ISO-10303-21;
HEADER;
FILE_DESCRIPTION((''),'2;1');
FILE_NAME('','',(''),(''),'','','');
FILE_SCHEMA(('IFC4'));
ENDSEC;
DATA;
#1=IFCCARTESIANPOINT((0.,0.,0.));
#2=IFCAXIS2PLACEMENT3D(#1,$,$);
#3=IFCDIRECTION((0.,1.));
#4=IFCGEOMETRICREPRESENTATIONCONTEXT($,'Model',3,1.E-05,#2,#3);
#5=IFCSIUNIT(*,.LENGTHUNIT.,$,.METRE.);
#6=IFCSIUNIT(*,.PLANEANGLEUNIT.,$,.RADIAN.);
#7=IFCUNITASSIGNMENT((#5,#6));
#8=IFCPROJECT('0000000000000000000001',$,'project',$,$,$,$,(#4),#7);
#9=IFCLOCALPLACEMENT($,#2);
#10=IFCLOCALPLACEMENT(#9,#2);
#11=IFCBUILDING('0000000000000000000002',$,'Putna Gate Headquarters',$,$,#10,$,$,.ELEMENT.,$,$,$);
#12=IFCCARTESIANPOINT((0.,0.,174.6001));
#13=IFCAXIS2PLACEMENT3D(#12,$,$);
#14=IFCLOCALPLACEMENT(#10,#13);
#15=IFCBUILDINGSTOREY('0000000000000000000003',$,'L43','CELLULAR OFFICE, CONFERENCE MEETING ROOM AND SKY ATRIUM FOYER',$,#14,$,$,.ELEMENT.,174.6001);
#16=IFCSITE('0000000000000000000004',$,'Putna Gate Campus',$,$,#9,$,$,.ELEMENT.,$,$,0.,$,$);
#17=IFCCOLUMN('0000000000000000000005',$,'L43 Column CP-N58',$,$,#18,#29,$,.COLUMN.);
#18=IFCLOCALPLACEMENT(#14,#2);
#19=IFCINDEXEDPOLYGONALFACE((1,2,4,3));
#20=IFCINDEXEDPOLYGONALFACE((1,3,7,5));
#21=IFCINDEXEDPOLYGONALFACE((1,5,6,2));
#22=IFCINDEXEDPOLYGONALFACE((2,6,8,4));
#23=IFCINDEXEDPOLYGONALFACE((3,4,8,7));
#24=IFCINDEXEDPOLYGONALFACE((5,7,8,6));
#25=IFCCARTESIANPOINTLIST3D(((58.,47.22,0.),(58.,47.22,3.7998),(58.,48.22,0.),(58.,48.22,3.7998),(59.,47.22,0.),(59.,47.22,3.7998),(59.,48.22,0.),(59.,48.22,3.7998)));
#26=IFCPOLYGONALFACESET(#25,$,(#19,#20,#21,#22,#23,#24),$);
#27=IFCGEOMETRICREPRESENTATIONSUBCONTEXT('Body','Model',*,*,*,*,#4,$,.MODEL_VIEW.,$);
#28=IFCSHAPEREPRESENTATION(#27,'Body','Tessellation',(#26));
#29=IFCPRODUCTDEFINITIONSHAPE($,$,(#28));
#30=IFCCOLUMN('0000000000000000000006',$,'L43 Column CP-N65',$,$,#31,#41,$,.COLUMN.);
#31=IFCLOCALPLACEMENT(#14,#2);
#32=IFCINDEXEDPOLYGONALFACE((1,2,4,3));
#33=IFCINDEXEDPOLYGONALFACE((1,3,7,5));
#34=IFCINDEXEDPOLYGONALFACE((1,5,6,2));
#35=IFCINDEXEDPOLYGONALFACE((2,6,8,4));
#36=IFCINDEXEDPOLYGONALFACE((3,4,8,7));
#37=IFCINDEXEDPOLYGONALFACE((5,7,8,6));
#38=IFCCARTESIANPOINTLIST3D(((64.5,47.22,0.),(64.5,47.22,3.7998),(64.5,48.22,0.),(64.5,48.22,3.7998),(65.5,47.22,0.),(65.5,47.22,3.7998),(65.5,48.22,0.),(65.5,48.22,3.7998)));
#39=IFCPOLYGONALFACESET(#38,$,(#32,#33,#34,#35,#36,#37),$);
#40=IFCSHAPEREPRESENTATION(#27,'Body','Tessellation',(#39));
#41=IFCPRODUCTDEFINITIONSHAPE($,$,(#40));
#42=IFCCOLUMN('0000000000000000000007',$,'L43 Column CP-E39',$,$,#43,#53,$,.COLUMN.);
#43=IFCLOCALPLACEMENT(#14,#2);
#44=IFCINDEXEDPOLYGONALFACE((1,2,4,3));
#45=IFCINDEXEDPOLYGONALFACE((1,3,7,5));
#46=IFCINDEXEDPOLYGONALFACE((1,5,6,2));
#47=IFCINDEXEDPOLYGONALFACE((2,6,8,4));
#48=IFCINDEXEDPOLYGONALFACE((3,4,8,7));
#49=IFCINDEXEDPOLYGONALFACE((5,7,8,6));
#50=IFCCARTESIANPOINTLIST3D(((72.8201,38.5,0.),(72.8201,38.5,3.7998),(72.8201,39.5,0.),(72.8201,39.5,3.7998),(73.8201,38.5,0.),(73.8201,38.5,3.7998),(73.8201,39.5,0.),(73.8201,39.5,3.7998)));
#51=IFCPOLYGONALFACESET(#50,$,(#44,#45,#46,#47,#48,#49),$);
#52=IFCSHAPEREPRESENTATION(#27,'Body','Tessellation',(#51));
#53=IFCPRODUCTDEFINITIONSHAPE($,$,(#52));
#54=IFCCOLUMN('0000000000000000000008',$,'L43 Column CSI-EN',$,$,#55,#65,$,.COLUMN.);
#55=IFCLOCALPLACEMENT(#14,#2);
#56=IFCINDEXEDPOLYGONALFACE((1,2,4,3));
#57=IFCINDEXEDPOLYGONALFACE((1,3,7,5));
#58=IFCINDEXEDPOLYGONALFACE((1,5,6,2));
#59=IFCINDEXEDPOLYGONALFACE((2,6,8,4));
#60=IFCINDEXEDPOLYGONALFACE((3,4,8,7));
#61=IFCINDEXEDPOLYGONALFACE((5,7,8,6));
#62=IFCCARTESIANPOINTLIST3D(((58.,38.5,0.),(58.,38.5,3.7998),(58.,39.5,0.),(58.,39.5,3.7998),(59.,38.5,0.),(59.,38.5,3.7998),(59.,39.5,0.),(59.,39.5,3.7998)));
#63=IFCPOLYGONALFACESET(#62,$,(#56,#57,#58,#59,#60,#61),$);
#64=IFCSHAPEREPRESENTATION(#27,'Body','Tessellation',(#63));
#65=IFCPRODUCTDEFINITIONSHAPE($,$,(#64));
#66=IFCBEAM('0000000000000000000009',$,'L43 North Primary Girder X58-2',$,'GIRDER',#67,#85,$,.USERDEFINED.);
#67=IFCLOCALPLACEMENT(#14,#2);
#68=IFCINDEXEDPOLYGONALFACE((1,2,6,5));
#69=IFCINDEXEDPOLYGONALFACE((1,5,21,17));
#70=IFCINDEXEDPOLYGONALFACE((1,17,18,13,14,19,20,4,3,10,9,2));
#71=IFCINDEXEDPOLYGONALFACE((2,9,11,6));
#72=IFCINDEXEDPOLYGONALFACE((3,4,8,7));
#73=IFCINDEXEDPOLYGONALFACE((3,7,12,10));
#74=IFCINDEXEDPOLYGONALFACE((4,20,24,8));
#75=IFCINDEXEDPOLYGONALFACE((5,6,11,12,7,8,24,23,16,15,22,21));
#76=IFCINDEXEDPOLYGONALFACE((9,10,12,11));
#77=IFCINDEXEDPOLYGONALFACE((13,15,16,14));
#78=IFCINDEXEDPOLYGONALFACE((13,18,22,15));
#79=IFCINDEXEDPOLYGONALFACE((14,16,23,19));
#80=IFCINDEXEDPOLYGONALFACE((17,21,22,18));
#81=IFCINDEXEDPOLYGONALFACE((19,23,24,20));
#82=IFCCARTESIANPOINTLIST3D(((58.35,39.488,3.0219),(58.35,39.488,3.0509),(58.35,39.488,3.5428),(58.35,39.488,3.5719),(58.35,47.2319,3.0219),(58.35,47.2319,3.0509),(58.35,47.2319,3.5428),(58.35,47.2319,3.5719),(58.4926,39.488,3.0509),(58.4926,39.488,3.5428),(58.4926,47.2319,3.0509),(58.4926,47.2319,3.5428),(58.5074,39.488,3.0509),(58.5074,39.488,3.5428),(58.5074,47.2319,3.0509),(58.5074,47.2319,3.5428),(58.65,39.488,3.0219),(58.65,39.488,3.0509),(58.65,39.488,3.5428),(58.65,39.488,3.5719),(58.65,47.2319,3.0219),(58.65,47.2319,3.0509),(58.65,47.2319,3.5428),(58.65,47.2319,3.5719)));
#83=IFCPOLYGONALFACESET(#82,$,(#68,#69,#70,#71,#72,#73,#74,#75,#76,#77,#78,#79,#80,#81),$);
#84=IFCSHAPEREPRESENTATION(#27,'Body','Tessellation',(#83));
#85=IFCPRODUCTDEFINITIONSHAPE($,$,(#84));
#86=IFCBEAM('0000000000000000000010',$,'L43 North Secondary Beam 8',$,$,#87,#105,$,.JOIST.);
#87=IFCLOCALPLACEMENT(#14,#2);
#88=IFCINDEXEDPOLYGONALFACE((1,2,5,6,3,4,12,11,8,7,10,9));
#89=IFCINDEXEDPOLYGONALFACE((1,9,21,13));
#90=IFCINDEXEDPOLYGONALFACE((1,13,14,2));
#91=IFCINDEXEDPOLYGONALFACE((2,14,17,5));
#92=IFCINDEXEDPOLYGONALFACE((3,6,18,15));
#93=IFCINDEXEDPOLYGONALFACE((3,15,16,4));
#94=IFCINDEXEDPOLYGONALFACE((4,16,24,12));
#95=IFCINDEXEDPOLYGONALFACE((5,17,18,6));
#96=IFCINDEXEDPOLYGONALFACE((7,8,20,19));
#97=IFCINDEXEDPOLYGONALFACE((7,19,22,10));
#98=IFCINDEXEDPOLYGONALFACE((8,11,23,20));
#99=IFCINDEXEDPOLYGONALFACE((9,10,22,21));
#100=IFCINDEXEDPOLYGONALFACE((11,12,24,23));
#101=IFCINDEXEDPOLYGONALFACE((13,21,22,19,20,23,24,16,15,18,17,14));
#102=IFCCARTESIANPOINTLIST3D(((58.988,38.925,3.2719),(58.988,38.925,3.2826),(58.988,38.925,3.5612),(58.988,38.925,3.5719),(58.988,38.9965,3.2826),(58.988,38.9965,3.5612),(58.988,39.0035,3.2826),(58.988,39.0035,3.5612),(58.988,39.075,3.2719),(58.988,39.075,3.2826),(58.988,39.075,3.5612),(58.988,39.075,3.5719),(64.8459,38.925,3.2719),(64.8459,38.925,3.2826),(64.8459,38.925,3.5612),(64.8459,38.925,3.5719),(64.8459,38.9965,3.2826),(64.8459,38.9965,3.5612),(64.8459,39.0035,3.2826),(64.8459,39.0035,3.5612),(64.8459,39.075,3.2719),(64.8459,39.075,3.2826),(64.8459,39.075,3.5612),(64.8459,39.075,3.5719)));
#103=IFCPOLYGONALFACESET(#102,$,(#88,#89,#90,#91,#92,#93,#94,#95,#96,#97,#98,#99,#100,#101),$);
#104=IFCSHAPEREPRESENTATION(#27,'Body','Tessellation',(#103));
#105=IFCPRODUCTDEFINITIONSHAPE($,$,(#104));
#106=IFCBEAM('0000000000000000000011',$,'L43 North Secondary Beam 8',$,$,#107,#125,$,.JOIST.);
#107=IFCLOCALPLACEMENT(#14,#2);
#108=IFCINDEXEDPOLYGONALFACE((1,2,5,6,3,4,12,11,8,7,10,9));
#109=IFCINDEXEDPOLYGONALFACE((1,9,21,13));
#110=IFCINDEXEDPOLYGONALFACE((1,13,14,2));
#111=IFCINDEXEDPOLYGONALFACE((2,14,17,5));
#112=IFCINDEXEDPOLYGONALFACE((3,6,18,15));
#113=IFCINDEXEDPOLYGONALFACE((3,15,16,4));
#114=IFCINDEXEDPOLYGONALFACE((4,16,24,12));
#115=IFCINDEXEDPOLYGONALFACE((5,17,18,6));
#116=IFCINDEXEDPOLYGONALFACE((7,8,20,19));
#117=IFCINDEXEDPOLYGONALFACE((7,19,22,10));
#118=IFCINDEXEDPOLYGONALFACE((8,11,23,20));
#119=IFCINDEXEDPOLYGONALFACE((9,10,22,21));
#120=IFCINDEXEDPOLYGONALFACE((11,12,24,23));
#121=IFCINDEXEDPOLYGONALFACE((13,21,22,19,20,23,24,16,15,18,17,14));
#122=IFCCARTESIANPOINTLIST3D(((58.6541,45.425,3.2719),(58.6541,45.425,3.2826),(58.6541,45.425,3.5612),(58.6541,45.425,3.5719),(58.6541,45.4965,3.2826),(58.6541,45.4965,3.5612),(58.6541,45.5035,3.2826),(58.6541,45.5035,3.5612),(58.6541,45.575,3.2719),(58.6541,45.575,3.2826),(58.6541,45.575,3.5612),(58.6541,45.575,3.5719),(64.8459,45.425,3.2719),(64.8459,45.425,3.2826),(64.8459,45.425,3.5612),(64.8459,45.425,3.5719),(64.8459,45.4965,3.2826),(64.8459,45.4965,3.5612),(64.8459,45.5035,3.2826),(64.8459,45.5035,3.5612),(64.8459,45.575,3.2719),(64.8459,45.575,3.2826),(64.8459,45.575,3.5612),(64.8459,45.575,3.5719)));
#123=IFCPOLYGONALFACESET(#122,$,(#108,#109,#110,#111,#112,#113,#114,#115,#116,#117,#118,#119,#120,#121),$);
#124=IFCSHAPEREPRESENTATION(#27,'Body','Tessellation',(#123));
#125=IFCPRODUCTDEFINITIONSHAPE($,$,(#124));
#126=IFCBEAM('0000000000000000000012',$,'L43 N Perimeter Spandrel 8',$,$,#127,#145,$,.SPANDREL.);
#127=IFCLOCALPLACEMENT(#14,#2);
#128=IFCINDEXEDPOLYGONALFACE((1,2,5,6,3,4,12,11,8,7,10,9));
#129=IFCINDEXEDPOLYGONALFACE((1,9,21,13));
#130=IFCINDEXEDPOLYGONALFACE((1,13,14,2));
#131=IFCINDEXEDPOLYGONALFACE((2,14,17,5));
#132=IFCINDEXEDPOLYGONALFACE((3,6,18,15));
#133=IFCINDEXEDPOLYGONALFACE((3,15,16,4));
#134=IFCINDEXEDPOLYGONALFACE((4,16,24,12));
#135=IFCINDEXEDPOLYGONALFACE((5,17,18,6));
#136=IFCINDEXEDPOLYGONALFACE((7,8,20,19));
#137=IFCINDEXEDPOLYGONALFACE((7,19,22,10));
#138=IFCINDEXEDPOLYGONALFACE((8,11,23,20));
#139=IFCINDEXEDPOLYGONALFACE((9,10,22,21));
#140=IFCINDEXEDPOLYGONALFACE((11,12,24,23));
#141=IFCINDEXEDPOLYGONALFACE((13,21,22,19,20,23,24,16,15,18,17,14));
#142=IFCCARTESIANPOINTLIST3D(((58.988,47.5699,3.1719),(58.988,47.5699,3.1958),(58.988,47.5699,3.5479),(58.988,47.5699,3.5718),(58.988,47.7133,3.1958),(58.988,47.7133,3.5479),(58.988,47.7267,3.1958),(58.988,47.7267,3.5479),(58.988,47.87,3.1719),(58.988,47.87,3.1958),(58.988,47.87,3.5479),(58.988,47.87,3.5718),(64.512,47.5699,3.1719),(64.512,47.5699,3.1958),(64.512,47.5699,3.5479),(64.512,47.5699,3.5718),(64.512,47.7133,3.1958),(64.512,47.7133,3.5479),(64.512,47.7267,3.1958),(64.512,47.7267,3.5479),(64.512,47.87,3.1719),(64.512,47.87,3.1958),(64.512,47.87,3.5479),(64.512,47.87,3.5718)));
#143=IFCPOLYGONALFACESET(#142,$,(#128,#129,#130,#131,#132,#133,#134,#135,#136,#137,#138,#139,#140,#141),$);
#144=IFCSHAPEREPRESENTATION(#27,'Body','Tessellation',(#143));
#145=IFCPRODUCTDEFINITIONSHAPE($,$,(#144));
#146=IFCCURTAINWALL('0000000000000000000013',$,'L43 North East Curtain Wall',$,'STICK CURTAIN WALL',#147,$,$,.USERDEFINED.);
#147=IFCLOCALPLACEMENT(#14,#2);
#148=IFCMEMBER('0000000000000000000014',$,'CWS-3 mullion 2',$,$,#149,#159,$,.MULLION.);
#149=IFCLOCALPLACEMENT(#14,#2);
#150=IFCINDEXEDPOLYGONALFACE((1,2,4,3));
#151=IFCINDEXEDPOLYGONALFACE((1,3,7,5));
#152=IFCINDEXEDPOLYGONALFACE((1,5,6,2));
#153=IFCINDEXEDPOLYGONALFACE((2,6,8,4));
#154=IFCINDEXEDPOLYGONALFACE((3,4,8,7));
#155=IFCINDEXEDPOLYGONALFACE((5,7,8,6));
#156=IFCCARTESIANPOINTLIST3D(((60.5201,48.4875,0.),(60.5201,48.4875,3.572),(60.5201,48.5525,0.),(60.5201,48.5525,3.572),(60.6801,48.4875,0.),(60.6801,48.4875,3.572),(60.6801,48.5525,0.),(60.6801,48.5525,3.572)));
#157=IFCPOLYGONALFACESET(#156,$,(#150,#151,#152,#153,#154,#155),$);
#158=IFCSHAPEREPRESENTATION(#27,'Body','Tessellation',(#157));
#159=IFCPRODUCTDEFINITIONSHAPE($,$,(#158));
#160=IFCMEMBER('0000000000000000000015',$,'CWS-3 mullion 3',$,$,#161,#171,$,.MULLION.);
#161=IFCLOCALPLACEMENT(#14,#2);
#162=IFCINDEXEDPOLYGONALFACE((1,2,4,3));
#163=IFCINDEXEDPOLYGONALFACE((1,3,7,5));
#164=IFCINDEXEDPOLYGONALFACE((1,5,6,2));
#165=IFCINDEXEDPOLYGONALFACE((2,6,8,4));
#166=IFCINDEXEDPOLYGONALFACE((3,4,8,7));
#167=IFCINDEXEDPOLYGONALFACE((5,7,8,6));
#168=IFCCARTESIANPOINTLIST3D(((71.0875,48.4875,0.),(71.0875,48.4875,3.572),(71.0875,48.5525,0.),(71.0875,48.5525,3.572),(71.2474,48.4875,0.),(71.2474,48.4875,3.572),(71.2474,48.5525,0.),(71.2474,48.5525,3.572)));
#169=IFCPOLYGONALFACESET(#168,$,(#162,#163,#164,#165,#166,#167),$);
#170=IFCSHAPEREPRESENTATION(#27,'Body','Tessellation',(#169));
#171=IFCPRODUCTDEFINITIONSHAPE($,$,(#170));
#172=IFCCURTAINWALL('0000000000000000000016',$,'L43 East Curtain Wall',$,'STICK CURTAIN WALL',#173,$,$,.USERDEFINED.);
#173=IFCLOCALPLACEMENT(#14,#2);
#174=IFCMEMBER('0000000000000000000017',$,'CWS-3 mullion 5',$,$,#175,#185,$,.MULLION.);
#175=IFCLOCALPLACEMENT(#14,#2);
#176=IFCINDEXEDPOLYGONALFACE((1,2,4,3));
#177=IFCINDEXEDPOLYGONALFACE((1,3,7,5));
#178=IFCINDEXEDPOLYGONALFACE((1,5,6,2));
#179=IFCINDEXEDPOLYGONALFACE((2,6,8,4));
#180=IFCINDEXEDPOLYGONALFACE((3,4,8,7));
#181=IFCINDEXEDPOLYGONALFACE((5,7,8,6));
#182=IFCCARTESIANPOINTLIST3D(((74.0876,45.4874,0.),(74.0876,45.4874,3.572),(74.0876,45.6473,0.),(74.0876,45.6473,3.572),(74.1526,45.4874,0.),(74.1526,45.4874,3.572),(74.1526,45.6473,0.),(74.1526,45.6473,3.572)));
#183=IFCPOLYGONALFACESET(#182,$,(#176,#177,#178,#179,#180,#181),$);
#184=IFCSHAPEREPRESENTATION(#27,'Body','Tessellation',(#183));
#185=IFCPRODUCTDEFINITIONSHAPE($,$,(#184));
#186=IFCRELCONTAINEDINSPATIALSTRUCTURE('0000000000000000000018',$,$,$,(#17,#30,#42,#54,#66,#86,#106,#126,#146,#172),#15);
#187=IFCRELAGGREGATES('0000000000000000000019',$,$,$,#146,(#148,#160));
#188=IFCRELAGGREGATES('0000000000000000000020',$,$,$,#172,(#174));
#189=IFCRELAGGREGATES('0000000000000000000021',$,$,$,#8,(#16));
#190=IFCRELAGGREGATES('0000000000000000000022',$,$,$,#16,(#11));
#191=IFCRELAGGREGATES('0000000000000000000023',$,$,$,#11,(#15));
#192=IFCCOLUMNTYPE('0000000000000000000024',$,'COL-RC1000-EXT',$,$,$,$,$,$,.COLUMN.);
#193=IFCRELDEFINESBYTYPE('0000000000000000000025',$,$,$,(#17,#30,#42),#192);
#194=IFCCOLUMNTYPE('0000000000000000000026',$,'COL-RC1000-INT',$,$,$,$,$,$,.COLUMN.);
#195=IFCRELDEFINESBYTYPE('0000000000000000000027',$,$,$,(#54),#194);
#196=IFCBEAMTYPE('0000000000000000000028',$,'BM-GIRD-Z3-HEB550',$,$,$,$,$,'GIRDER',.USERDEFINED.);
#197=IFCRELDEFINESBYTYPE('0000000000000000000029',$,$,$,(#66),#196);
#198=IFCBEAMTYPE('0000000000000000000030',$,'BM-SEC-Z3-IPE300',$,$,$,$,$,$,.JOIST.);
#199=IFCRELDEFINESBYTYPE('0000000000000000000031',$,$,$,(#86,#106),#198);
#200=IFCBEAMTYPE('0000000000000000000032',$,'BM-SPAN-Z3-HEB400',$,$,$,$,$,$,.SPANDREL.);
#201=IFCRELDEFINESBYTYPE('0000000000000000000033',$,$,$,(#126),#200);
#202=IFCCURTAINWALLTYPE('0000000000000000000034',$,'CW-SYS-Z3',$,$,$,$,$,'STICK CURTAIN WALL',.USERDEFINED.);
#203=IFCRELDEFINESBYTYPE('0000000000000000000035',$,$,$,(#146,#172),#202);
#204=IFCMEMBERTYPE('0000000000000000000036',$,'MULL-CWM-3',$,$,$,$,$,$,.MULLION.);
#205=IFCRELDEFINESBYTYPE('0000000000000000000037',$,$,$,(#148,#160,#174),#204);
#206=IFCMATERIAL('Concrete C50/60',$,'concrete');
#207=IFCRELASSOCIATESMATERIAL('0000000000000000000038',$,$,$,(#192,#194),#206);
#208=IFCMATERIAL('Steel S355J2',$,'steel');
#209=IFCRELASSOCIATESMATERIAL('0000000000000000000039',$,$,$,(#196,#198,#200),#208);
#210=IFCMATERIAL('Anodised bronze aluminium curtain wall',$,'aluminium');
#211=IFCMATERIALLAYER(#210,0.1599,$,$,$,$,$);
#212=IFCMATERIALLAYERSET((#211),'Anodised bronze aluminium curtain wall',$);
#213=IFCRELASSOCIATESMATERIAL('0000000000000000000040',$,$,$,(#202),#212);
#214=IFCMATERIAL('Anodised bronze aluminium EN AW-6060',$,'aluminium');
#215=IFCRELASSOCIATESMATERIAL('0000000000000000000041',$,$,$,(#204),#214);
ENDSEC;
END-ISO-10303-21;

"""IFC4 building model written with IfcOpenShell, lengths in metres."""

from ifc_helpers import new_model, si_unit, direction, frame, origin, origin_2d, place, context, subcontext, project, spatial, rectangle, i_section, extrude, material, layer, layer_set, material_profile, profile_set, type_object, element, aggregate, save


model = new_model("IFC4")

# Units and contexts
model_context = context("Model", 3, precision=1e-05, world=origin(), true_north=direction((0.0, 1.0)))
body_context = subcontext(model_context, "Body", "Model", "MODEL_VIEW")
ifc_project = project(units=[si_unit("LENGTHUNIT", "METRE"), si_unit("PLANEANGLEUNIT", "RADIAN")], contexts=[model_context])

# Site, building, storey
site_placement = place(None, origin())
site = spatial("IfcSite", under=ifc_project, at=site_placement, Name="Putna Gate Campus", CompositionType="ELEMENT", RefElevation=0.0)
building_placement = place(site_placement, origin())
building = spatial("IfcBuilding", under=site, at=building_placement, Name="Putna Gate Headquarters", CompositionType="ELEMENT")
storey_placement = place(building_placement, frame((0.0, 0.0, 174.6001)))
storey = spatial("IfcBuildingStorey", under=building, at=storey_placement, Name="L43", Description="CELLULAR OFFICE, CONFERENCE MEETING ROOM AND SKY ATRIUM FOYER", CompositionType="ELEMENT", Elevation=174.6001)

# Columns
ifc_material_1 = material(Name="Concrete C50/60", Category="concrete")
ifc_material_profile_1 = material_profile(ifc_material_1, rectangle(XDim=1.0, YDim=1.0, at=origin_2d()), Name="Concrete C50/60")
ifc_profile_set_1 = profile_set([ifc_material_profile_1], Name="Concrete C50/60")
column_type_1 = type_object("IfcColumnType", Name="COL-RC1000-EXT", PredefinedType="COLUMN", material=ifc_profile_set_1)
for number, where, z_axis, x_axis, name in (
    (1, (58.5, 47.72, 0.0), (0.0, 0.0, 1.0), (1.0, 0.0, 0.0), "L43 Column CP-N58"),
    (2, (65.0, 47.72, 0.0), (0.0, 0.0, 1.0), (1.0, 0.0, 0.0), "L43 Column CP-N65"),
    (3, (73.3201, 39.0, 0.0), (0.0, 0.0, 1.0), (1.0, 0.0, 0.0), "L43 Column CP-E39"),
):
    element("IfcColumn", number, at=place(storey_placement, frame(where, z_axis=z_axis, x_axis=x_axis)), inside=storey, type_object=column_type_1, Name=name, PredefinedType="COLUMN", context=body_context, shape_type="SweptSolid", body=[
        extrude(rectangle(XDim=1.0, YDim=1.0, at=origin_2d()), origin(), (0.0, 0.0, 1.0), 3.7998),
    ])
ifc_material_profile_2 = material_profile(ifc_material_1, rectangle(XDim=1.0, YDim=1.0, at=origin_2d()), Name="Concrete C50/60")
ifc_profile_set_2 = profile_set([ifc_material_profile_2], Name="Concrete C50/60")
column_type_2 = type_object("IfcColumnType", Name="COL-RC1000-INT", PredefinedType="COLUMN", material=ifc_profile_set_2)
column_placement = place(storey_placement, frame((58.5, 39.0, 0.0), z_axis=(0.0, 0.0, 1.0), x_axis=(1.0, 0.0, 0.0)))
element("IfcColumn", 4, at=column_placement, inside=storey, type_object=column_type_2, Name="L43 Column CSI-EN", PredefinedType="COLUMN", context=body_context, shape_type="SweptSolid", body=[
    extrude(rectangle(XDim=1.0, YDim=1.0, at=origin_2d()), origin(), (0.0, 0.0, 1.0), 3.7998),
])

# Beams
ifc_material_2 = material(Name="Steel S355J2", Category="steel")
ifc_material_profile_3 = material_profile(ifc_material_2, i_section(OverallWidth=0.3, OverallDepth=0.55, WebThickness=0.0149, FlangeThickness=0.0291, at=origin_2d()), Name="Steel S355J2")
ifc_profile_set_3 = profile_set([ifc_material_profile_3], Name="Steel S355J2")
beam_type_1 = type_object("IfcBeamType", Name="BM-GIRD-Z3-HEB550", ElementType="GIRDER", PredefinedType="USERDEFINED", material=ifc_profile_set_3)
beam_1_placement = place(storey_placement, frame((58.5, 39.488, 3.2969), z_axis=(0.0, 1.0, 0.0), x_axis=(-1.0, 0.0, 0.0)))
element("IfcBeam", 5, at=beam_1_placement, inside=storey, type_object=beam_type_1, Name="L43 North Primary Girder X58-2", ObjectType="GIRDER", PredefinedType="USERDEFINED", context=body_context, shape_type="SweptSolid", body=[
    extrude(i_section(OverallWidth=0.3, OverallDepth=0.55, WebThickness=0.0149, FlangeThickness=0.0291, at=origin_2d()), origin(), (0.0, 0.0, 1.0), 7.7439),
])
ifc_material_profile_4 = material_profile(ifc_material_2, i_section(OverallWidth=0.1499, OverallDepth=0.3, WebThickness=0.0071, FlangeThickness=0.0107, at=origin_2d()), Name="Steel S355J2")
ifc_profile_set_4 = profile_set([ifc_material_profile_4], Name="Steel S355J2")
beam_type_2 = type_object("IfcBeamType", Name="BM-SEC-Z3-IPE300", PredefinedType="JOIST", material=ifc_profile_set_4)
beam_2_placement = place(storey_placement, frame((58.988, 39.0, 3.4219), z_axis=(1.0, 0.0, 0.0), x_axis=(0.0, 1.0, 0.0)))
element("IfcBeam", 6, at=beam_2_placement, inside=storey, type_object=beam_type_2, Name="L43 North Secondary Beam 8", PredefinedType="JOIST", context=body_context, shape_type="SweptSolid", body=[
    extrude(i_section(OverallWidth=0.1499, OverallDepth=0.3, WebThickness=0.0071, FlangeThickness=0.0107, at=origin_2d()), origin(), (0.0, 0.0, 1.0), 5.8579),
])
beam_3_placement = place(storey_placement, frame((58.6541, 45.5, 3.4219), z_axis=(1.0, 0.0, 0.0), x_axis=(0.0, 1.0, 0.0)))
element("IfcBeam", 7, at=beam_3_placement, inside=storey, type_object=beam_type_2, Name="L43 North Secondary Beam 8", PredefinedType="JOIST", context=body_context, shape_type="SweptSolid", body=[
    extrude(i_section(OverallWidth=0.1499, OverallDepth=0.3, WebThickness=0.0071, FlangeThickness=0.0107, at=origin_2d()), origin(), (0.0, 0.0, 1.0), 6.1919),
])
ifc_material_profile_5 = material_profile(ifc_material_2, i_section(OverallWidth=0.3, OverallDepth=0.3999, WebThickness=0.0134, FlangeThickness=0.0239, at=origin_2d()), Name="Steel S355J2")
ifc_profile_set_5 = profile_set([ifc_material_profile_5], Name="Steel S355J2")
beam_type_3 = type_object("IfcBeamType", Name="BM-SPAN-Z3-HEB400", PredefinedType="SPANDREL", material=ifc_profile_set_5)
beam_4_placement = place(storey_placement, frame((58.988, 47.72, 3.3718), z_axis=(1.0, 0.0, 0.0), x_axis=(0.0, 1.0, 0.0)))
element("IfcBeam", 8, at=beam_4_placement, inside=storey, type_object=beam_type_3, Name="L43 N Perimeter Spandrel 8", PredefinedType="SPANDREL", context=body_context, shape_type="SweptSolid", body=[
    extrude(i_section(OverallWidth=0.3, OverallDepth=0.3999, WebThickness=0.0134, FlangeThickness=0.0239, at=origin_2d()), origin(), (0.0, 0.0, 1.0), 5.5239),
])

# Curtain wall, members
ifc_material_3 = material(Name="Anodised bronze aluminium curtain wall", Category="aluminium")
ifc_layer_1 = layer(ifc_material_3, 0.1599)
ifc_layer_set_1 = layer_set([ifc_layer_1], Name="Anodised bronze aluminium curtain wall")
curtain_wall_type = type_object("IfcCurtainWallType", Name="CW-SYS-Z3", ElementType="STICK CURTAIN WALL", PredefinedType="USERDEFINED", material=ifc_layer_set_1)
curtain_wall_1_placement = place(storey_placement, origin())
curtain_wall_1 = element("IfcCurtainWall", 9, at=curtain_wall_1_placement, inside=storey, type_object=curtain_wall_type, Name="L43 North East Curtain Wall", ObjectType="STICK CURTAIN WALL", PredefinedType="USERDEFINED")
ifc_material_4 = material(Name="Anodised bronze aluminium EN AW-6060", Category="aluminium")
ifc_material_profile_6 = material_profile(ifc_material_4, rectangle(XDim=0.0649, YDim=0.1599, at=origin_2d()), Name="Anodised bronze aluminium EN AW-6060")
ifc_profile_set_6 = profile_set([ifc_material_profile_6], Name="Anodised bronze aluminium EN AW-6060")
member_type_1 = type_object("IfcMemberType", Name="MULL-CWM-3", PredefinedType="MULLION", material=ifc_profile_set_6)
member_1_placement = place(storey_placement, frame((60.6001, 48.52, 0.0), z_axis=(0.0, 0.0, 1.0), x_axis=(0.0, 1.0, 0.0)))
member_1 = element("IfcMember", 10, at=member_1_placement, type_object=member_type_1, Name="CWS-3 mullion 2", PredefinedType="MULLION", context=body_context, shape_type="SweptSolid", body=[
    extrude(rectangle(XDim=0.0649, YDim=0.1599, at=origin_2d()), origin(), (0.0, 0.0, 1.0), 3.572),
])
member_2_placement = place(storey_placement, frame((71.1675, 48.52, 0.0), z_axis=(0.0, 0.0, 1.0), x_axis=(0.0, 1.0, 0.0)))
member_2 = element("IfcMember", 11, at=member_2_placement, type_object=member_type_1, Name="CWS-3 mullion 3", PredefinedType="MULLION", context=body_context, shape_type="SweptSolid", body=[
    extrude(rectangle(XDim=0.0649, YDim=0.1599, at=origin_2d()), origin(), (0.0, 0.0, 1.0), 3.572),
])

# Curtain wall, member
curtain_wall_2_placement = place(storey_placement, origin())
curtain_wall_2 = element("IfcCurtainWall", 12, at=curtain_wall_2_placement, inside=storey, type_object=curtain_wall_type, Name="L43 East Curtain Wall", ObjectType="STICK CURTAIN WALL", PredefinedType="USERDEFINED")
member_3_placement = place(storey_placement, frame((74.1201, 45.5674, 0.0), z_axis=(0.0, 0.0, 1.0), x_axis=(-1.0, 0.0, 0.0)))
member_3 = element("IfcMember", 13, at=member_3_placement, type_object=member_type_1, Name="CWS-3 mullion 5", PredefinedType="MULLION", context=body_context, shape_type="SweptSolid", body=[
    extrude(rectangle(XDim=0.0649, YDim=0.1599, at=origin_2d()), origin(), (0.0, 0.0, 1.0), 3.572),
])

aggregate(curtain_wall_1, [member_1, member_2])
aggregate(curtain_wall_2, [member_3])

save(model, "model.ifc")
